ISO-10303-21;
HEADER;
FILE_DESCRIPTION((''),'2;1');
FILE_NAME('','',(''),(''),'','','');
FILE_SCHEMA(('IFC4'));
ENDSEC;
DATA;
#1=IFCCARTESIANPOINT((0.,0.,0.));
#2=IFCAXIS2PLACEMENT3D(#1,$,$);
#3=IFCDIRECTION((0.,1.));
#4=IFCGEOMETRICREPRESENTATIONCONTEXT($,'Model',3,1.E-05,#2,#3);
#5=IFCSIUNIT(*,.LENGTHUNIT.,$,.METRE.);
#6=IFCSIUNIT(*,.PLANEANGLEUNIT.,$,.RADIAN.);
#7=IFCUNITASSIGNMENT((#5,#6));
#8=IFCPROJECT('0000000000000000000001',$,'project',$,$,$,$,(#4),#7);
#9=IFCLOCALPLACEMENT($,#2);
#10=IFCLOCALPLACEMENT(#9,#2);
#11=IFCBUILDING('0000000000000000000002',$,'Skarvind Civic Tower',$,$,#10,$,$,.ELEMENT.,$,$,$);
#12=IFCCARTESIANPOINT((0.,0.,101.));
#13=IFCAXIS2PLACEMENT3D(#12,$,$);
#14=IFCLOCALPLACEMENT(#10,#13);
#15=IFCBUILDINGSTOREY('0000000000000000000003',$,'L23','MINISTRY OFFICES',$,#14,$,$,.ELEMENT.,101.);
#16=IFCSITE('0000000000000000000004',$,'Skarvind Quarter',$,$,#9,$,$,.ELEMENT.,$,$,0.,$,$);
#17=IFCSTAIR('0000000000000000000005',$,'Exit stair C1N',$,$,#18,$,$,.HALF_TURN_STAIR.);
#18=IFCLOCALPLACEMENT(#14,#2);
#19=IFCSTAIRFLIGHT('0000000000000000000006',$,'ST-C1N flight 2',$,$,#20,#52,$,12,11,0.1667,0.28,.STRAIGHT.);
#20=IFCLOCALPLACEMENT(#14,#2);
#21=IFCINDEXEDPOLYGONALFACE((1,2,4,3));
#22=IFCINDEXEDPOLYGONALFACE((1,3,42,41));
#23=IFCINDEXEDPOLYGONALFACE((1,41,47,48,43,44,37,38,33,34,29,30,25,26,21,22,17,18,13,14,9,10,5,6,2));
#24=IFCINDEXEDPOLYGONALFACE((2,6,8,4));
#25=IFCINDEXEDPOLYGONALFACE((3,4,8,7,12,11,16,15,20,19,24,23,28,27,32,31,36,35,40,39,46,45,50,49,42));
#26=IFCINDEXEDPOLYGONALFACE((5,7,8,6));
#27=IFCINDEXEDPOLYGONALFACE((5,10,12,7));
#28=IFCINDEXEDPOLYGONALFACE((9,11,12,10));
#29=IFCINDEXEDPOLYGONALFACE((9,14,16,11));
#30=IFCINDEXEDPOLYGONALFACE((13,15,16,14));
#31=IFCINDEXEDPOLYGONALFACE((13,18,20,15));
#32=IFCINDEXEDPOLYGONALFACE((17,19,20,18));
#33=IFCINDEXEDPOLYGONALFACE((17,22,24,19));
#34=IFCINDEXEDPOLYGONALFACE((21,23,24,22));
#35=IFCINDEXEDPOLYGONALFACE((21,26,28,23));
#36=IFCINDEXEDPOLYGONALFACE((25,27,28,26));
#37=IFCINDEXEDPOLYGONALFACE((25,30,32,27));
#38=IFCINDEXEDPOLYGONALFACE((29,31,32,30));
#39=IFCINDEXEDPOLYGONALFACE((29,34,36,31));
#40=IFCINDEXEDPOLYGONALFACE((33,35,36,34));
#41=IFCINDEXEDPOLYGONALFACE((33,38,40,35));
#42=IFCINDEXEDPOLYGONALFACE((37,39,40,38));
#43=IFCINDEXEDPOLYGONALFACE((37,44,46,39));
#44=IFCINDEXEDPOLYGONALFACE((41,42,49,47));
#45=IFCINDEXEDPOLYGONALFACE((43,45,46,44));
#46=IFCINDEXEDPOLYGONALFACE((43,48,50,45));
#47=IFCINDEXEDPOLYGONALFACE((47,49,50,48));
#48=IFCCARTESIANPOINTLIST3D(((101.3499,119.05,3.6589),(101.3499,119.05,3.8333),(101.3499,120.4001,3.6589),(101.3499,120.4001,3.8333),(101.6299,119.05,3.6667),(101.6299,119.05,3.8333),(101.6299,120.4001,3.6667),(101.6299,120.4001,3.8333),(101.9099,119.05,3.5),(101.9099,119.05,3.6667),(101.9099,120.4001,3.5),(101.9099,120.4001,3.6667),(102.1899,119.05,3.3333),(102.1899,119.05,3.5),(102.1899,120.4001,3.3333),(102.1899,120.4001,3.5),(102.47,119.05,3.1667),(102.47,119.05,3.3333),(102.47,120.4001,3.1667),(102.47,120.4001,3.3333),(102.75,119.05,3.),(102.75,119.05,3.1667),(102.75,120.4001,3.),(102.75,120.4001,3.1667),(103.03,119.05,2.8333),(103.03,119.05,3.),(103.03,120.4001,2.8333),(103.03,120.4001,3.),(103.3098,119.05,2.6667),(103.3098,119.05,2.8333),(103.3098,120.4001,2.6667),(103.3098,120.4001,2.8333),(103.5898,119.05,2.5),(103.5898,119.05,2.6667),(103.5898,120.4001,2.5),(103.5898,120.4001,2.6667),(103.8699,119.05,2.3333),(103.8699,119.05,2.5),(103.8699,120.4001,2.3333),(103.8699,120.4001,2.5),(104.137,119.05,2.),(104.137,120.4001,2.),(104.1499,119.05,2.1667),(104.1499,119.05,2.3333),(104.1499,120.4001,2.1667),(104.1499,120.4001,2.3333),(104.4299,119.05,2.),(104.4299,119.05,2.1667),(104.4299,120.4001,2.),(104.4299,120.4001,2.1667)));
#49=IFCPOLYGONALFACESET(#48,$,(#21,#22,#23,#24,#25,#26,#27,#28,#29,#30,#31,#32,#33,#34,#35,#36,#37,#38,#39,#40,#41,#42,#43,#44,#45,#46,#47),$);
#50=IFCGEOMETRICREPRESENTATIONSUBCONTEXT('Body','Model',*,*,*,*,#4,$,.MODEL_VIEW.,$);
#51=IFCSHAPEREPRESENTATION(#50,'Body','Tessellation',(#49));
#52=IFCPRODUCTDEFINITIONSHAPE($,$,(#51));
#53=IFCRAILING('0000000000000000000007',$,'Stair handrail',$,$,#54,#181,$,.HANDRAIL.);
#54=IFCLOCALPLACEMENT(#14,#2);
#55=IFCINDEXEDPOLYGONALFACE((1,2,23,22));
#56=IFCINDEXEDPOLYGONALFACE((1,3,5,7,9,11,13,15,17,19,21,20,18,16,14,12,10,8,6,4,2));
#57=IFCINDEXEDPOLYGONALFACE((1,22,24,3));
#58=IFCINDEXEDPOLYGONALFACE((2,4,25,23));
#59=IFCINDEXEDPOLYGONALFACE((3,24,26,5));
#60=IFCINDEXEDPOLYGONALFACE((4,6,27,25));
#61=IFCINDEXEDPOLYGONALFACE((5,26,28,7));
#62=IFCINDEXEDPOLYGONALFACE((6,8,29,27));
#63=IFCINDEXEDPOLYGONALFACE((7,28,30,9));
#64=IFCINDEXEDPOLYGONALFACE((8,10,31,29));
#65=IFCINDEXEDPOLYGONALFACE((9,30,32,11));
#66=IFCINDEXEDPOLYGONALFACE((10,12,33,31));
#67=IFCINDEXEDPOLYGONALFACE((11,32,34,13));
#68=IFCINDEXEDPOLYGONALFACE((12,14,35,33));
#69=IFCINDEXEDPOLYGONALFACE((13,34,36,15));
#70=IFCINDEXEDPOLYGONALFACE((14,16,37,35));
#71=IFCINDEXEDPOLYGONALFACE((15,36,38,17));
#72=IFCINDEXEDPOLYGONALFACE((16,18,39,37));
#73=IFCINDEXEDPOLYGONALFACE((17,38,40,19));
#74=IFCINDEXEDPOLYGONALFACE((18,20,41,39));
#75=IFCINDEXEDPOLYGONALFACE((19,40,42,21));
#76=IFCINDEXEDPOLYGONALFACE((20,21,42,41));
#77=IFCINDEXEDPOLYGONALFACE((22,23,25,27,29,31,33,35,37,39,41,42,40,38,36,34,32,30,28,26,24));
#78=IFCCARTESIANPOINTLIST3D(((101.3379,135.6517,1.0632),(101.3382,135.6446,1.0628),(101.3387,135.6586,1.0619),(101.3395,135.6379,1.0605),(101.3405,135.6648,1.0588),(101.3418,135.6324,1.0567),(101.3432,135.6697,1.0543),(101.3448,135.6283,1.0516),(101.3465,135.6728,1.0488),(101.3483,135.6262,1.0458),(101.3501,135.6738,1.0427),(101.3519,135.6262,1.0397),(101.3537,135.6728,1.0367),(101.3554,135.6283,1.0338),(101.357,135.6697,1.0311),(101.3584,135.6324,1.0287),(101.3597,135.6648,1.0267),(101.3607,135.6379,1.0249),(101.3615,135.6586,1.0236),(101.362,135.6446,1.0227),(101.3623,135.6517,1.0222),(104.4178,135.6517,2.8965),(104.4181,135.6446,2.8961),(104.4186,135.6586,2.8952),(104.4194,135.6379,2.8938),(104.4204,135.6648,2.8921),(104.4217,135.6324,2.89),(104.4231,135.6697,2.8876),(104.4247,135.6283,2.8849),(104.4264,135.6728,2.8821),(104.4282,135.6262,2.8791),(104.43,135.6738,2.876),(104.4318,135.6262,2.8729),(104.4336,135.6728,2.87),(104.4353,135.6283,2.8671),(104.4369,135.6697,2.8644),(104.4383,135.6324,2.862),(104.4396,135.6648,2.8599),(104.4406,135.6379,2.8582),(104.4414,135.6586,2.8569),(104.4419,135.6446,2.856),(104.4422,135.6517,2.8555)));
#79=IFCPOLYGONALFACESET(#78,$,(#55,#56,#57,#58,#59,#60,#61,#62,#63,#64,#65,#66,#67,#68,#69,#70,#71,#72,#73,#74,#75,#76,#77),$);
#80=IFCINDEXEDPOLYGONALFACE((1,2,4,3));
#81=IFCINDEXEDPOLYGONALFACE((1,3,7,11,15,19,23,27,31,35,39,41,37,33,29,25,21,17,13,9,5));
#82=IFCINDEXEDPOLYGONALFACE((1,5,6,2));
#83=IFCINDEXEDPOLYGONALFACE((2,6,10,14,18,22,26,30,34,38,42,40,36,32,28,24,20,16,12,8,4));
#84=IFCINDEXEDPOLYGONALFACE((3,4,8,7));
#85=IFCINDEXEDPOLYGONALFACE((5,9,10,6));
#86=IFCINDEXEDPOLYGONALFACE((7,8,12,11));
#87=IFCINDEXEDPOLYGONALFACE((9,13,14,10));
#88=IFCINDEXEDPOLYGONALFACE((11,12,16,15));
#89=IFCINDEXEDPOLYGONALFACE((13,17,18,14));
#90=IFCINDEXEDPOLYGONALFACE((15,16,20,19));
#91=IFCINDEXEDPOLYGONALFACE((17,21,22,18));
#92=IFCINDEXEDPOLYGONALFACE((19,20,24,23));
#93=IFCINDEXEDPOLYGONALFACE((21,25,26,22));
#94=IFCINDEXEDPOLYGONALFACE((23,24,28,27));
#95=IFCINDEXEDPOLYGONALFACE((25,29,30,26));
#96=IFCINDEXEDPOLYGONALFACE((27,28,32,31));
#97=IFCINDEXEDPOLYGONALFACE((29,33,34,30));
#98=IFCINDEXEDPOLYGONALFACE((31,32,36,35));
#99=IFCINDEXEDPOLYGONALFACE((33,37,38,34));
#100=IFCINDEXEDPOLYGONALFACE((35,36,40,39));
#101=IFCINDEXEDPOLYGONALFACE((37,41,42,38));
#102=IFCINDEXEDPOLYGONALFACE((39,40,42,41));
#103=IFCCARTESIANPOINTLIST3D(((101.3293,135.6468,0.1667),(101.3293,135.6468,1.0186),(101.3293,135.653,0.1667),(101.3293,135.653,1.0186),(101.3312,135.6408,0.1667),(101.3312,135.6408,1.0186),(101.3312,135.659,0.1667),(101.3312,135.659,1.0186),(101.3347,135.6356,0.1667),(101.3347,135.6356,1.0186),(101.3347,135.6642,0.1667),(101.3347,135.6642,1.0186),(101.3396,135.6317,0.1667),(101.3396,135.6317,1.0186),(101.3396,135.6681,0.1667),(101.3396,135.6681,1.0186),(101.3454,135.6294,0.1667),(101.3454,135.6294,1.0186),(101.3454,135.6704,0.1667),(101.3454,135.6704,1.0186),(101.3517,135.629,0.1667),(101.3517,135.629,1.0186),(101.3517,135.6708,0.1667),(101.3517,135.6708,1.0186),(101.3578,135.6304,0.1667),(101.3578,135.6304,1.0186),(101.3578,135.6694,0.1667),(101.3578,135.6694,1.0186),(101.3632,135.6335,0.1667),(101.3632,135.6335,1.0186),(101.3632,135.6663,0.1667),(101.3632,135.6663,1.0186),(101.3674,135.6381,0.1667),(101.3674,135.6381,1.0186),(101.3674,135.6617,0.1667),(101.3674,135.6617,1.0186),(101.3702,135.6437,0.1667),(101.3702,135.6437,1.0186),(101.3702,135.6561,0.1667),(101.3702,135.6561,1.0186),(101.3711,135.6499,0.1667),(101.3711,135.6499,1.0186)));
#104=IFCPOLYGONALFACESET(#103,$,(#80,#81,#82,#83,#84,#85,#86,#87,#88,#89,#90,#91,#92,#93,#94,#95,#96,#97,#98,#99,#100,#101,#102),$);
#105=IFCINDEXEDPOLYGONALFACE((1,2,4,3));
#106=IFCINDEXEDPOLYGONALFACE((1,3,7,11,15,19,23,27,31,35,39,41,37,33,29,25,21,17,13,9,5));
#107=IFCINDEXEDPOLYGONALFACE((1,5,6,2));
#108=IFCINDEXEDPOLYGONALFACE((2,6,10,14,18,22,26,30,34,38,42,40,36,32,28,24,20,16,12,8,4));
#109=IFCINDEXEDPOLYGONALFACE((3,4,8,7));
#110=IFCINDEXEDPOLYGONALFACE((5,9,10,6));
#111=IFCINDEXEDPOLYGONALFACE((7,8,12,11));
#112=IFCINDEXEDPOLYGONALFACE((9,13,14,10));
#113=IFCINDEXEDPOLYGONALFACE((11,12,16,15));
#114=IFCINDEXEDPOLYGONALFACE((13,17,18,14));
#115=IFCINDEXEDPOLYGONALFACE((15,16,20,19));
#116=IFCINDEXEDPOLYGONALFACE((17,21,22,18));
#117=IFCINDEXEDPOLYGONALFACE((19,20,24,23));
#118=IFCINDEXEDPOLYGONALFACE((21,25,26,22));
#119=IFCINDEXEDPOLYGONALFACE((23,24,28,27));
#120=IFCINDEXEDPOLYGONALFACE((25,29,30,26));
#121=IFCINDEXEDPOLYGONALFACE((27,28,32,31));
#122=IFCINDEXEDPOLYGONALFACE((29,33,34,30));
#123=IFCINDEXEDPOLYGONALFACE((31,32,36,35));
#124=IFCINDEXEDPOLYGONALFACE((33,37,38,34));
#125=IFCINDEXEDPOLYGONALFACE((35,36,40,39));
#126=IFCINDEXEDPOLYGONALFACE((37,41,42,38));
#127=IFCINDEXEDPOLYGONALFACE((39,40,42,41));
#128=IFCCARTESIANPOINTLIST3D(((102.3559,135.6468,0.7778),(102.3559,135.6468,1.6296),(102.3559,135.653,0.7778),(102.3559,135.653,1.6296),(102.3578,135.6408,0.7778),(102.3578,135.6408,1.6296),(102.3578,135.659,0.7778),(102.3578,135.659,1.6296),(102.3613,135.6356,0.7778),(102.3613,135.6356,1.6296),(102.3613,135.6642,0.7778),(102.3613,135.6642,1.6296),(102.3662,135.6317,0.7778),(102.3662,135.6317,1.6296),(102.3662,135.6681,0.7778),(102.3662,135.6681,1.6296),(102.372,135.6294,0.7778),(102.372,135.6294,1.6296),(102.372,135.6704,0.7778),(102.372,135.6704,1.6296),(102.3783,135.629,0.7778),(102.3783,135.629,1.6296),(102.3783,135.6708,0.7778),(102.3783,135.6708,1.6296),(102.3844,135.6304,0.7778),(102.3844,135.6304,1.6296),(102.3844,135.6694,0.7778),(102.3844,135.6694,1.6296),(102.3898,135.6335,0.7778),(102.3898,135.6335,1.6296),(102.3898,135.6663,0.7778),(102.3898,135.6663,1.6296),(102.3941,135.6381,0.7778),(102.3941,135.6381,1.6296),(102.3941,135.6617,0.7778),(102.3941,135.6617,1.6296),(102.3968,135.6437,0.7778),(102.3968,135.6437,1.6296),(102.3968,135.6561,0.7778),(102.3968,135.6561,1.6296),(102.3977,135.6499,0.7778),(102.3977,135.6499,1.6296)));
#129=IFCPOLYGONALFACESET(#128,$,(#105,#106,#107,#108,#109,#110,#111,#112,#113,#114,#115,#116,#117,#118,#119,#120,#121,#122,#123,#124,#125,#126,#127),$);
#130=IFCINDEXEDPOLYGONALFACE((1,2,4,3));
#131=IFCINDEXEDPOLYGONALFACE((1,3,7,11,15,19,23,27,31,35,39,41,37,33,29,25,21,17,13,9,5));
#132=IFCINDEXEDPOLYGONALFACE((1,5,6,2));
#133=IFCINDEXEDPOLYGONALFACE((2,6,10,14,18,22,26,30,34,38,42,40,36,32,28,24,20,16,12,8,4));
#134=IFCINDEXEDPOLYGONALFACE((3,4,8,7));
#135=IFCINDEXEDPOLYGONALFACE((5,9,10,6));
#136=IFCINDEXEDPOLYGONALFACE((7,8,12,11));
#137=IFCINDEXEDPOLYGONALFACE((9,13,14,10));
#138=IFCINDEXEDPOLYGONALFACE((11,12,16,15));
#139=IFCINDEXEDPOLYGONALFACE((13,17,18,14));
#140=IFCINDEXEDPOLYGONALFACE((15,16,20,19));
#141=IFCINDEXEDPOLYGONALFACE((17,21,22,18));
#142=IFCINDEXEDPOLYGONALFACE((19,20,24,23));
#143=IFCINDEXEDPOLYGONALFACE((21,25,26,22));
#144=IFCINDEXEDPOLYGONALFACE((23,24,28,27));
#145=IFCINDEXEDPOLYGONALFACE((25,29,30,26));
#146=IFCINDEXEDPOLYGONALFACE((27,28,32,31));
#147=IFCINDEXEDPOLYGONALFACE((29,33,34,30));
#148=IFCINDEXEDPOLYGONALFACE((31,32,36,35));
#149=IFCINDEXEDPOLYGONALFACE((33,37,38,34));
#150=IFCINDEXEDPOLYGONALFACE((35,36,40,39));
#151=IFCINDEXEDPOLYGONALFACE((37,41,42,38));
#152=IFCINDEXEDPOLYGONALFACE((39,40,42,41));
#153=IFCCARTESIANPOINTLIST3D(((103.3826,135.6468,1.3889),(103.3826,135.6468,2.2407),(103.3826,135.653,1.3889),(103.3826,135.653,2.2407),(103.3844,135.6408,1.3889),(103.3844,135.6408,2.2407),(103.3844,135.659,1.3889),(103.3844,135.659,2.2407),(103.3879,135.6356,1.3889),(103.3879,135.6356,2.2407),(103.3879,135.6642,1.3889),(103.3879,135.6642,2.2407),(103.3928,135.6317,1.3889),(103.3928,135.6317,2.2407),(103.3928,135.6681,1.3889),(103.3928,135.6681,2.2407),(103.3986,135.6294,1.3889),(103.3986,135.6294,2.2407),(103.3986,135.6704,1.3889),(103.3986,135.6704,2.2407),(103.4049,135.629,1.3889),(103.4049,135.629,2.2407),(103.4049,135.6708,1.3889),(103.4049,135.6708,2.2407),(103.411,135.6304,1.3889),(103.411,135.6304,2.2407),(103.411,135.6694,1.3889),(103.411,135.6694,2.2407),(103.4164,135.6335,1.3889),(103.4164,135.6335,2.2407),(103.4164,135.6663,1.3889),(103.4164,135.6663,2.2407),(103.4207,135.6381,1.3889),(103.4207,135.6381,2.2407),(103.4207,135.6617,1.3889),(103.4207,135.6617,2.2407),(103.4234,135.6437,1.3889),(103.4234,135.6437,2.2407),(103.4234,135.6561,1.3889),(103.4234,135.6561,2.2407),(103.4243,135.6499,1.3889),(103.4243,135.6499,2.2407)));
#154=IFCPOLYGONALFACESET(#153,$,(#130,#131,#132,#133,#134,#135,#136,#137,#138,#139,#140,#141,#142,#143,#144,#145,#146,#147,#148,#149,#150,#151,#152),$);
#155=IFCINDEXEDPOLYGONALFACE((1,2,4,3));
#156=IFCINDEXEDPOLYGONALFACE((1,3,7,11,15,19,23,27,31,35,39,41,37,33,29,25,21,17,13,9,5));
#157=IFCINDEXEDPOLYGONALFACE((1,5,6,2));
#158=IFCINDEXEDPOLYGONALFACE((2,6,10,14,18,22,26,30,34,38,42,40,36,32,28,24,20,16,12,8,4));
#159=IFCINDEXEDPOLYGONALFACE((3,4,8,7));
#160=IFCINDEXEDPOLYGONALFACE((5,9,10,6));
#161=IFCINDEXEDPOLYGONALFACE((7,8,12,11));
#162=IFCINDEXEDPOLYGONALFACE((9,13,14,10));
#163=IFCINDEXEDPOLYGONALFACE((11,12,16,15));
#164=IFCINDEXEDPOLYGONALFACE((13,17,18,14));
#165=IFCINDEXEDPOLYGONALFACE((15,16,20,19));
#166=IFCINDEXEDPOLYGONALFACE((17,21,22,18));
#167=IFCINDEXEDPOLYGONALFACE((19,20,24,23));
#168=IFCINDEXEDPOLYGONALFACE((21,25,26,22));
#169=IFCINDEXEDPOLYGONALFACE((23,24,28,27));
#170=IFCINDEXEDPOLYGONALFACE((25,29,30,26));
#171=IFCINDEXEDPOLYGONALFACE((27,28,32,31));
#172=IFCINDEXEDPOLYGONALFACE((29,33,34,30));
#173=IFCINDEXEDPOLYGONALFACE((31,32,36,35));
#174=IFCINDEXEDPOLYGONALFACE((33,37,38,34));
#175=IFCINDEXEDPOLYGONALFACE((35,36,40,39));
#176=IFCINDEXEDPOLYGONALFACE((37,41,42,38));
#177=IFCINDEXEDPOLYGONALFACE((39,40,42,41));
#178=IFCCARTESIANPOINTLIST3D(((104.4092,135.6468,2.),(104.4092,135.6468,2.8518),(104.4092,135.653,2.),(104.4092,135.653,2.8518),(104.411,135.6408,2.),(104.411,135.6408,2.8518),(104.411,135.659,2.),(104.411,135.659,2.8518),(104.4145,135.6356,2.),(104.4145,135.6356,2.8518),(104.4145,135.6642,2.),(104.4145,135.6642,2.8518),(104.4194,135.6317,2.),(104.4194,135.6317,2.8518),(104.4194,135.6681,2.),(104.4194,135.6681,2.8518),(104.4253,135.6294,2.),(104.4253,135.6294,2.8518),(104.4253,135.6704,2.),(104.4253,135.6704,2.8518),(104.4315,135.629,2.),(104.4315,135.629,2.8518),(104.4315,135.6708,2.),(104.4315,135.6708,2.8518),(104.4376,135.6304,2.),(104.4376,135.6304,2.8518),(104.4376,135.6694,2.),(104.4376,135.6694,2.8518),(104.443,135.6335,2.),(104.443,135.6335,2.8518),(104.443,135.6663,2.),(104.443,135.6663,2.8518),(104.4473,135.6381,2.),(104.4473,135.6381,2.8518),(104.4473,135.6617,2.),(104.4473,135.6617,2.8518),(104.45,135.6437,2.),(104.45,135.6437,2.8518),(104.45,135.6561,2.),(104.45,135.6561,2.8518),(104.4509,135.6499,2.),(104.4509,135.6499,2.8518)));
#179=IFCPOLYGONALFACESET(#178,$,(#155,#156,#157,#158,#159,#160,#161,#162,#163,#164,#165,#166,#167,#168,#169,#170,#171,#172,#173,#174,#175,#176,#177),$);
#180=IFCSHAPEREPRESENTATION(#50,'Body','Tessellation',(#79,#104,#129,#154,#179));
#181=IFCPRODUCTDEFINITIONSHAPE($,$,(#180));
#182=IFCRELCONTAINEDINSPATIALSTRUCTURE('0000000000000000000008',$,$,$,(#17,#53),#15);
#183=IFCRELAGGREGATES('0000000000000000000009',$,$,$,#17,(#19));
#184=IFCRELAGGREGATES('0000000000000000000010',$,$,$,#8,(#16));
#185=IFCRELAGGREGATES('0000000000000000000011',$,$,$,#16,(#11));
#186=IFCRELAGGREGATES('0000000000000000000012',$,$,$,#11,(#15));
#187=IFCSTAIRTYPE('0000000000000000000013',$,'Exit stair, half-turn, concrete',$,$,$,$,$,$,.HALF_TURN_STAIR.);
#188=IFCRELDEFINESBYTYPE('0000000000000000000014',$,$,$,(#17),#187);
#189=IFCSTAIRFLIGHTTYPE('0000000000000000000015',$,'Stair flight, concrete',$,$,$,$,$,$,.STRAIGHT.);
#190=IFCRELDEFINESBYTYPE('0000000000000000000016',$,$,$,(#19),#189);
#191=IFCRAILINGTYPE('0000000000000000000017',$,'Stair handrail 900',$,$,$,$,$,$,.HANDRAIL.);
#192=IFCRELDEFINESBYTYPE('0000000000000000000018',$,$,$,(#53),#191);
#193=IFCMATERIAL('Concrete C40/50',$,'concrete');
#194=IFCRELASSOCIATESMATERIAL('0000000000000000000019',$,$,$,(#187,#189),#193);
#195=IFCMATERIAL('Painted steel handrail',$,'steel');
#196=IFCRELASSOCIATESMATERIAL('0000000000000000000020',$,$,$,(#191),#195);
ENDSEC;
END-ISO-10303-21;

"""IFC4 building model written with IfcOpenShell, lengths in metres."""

from ifc_helpers import new_model, si_unit, direction, frame, origin, origin_2d, place, context, subcontext, project, spatial, polyline, circle, outline, extrude, material, type_object, element, aggregate, save


model = new_model("IFC4")

# Units and contexts
model_context = context("Model", 3, precision=1e-05, world=origin(), true_north=direction((0.0, 1.0)))
body_context = subcontext(model_context, "Body", "Model", "MODEL_VIEW")
ifc_project = project(units=[si_unit("LENGTHUNIT", "METRE"), si_unit("PLANEANGLEUNIT", "RADIAN")], contexts=[model_context])

# Site, building, storey
site_placement = place(None, origin())
site = spatial("IfcSite", under=ifc_project, at=site_placement, Name="Skarvind Quarter", CompositionType="ELEMENT", RefElevation=0.0)
building_placement = place(site_placement, origin())
building = spatial("IfcBuilding", under=site, at=building_placement, Name="Skarvind Civic Tower", CompositionType="ELEMENT")
storey_placement = place(building_placement, frame((0.0, 0.0, 101.0)))
storey = spatial("IfcBuildingStorey", under=building, at=storey_placement, Name="L23", Description="MINISTRY OFFICES", CompositionType="ELEMENT", Elevation=101.0)

# Stair, stair flight
ifc_material_1 = material(Name="Concrete C40/50", Category="concrete")
stair_type = type_object("IfcStairType", Name="Exit stair, half-turn, concrete", PredefinedType="HALF_TURN_STAIR", material=ifc_material_1)
stair_flight_type = type_object("IfcStairFlightType", Name="Stair flight, concrete", PredefinedType="STRAIGHT", material=ifc_material_1)
stair_1_placement = place(storey_placement, origin())
stair_1 = element("IfcStair", 1, at=stair_1_placement, inside=storey, type_object=stair_type, Name="Exit stair C1N", PredefinedType="HALF_TURN_STAIR")
stair_flight_1_placement = place(storey_placement, frame((104.4299, 119.7251, 2.0), z_axis=(0.0, 0.0, 1.0), x_axis=(-1.0, 0.0, 0.0)))
stair_flight_1 = element("IfcStairFlight", 2, at=stair_flight_1_placement, type_object=stair_flight_type, Name="ST-C1N flight 2", NumberOfRisers=12, NumberOfTreads=11, PredefinedType="STRAIGHT", RiserHeight=0.1667, TreadLength=0.28, context=body_context, shape_type="SweptSolid", body=[
    extrude(outline(polyline([(0.0, 0.0), (0.0, 0.1667), (0.28, 0.1667), (0.28, 0.3333), (0.5601, 0.3333), (0.5601, 0.5), (0.8401, 0.5), (0.8401, 0.6667), (1.1201, 0.6667), (1.1201, 0.8333), (1.3999, 0.8333), (1.3999, 1.0), (1.6799, 1.0), (1.6799, 1.1667), (1.96, 1.1667), (1.96, 1.3333), (2.24, 1.3333), (2.24, 1.5), (2.52, 1.5), (2.52, 1.6667), (2.8, 1.6667), (2.8, 1.8333), (3.0801, 1.8333), (3.0801, 2.0), (3.0801, 1.6589), (0.293, 0.0), (0.0, 0.0)])), frame((0.0, 0.675, 0.0), z_axis=(0.0, -1.0, 0.0), x_axis=(1.0, 0.0, 0.0)), (0.0, 0.0, 1.0), 1.3501),
])
aggregate(stair_1, [stair_flight_1])

# Railing
ifc_material_2 = material(Name="Painted steel handrail", Category="steel")
railing_type = type_object("IfcRailingType", Name="Stair handrail 900", PredefinedType="HANDRAIL", material=ifc_material_2)
railing_1_placement = place(storey_placement, frame((101.3501, 135.6499, 0.1667)))
element("IfcRailing", 3, at=railing_1_placement, inside=storey, type_object=railing_type, Name="Stair handrail", PredefinedType="HANDRAIL", context=body_context, shape_type="SweptSolid", body=[
    extrude(circle(Radius=0.0239, at=origin_2d()), frame((0.0, 0.0, 0.876), z_axis=(0.859291, 0.0, 0.511487), x_axis=(0.0, 1.0, 0.0)), (0.0, 0.0, 1.0), 3.5842),
    extrude(circle(Radius=0.021, at=origin_2d()), origin(), (0.0, 0.0, 1.0), 0.8518),
    extrude(circle(Radius=0.021, at=origin_2d()), frame((1.0266, 0.0, 0.6111)), (0.0, 0.0, 1.0), 0.8518),
    extrude(circle(Radius=0.021, at=origin_2d()), frame((2.0532, 0.0, 1.2222)), (0.0, 0.0, 1.0), 0.8518),
    extrude(circle(Radius=0.021, at=origin_2d()), frame((3.0798, 0.0, 1.8333)), (0.0, 0.0, 1.0), 0.8518),
])

save(model, "model.ifc")
